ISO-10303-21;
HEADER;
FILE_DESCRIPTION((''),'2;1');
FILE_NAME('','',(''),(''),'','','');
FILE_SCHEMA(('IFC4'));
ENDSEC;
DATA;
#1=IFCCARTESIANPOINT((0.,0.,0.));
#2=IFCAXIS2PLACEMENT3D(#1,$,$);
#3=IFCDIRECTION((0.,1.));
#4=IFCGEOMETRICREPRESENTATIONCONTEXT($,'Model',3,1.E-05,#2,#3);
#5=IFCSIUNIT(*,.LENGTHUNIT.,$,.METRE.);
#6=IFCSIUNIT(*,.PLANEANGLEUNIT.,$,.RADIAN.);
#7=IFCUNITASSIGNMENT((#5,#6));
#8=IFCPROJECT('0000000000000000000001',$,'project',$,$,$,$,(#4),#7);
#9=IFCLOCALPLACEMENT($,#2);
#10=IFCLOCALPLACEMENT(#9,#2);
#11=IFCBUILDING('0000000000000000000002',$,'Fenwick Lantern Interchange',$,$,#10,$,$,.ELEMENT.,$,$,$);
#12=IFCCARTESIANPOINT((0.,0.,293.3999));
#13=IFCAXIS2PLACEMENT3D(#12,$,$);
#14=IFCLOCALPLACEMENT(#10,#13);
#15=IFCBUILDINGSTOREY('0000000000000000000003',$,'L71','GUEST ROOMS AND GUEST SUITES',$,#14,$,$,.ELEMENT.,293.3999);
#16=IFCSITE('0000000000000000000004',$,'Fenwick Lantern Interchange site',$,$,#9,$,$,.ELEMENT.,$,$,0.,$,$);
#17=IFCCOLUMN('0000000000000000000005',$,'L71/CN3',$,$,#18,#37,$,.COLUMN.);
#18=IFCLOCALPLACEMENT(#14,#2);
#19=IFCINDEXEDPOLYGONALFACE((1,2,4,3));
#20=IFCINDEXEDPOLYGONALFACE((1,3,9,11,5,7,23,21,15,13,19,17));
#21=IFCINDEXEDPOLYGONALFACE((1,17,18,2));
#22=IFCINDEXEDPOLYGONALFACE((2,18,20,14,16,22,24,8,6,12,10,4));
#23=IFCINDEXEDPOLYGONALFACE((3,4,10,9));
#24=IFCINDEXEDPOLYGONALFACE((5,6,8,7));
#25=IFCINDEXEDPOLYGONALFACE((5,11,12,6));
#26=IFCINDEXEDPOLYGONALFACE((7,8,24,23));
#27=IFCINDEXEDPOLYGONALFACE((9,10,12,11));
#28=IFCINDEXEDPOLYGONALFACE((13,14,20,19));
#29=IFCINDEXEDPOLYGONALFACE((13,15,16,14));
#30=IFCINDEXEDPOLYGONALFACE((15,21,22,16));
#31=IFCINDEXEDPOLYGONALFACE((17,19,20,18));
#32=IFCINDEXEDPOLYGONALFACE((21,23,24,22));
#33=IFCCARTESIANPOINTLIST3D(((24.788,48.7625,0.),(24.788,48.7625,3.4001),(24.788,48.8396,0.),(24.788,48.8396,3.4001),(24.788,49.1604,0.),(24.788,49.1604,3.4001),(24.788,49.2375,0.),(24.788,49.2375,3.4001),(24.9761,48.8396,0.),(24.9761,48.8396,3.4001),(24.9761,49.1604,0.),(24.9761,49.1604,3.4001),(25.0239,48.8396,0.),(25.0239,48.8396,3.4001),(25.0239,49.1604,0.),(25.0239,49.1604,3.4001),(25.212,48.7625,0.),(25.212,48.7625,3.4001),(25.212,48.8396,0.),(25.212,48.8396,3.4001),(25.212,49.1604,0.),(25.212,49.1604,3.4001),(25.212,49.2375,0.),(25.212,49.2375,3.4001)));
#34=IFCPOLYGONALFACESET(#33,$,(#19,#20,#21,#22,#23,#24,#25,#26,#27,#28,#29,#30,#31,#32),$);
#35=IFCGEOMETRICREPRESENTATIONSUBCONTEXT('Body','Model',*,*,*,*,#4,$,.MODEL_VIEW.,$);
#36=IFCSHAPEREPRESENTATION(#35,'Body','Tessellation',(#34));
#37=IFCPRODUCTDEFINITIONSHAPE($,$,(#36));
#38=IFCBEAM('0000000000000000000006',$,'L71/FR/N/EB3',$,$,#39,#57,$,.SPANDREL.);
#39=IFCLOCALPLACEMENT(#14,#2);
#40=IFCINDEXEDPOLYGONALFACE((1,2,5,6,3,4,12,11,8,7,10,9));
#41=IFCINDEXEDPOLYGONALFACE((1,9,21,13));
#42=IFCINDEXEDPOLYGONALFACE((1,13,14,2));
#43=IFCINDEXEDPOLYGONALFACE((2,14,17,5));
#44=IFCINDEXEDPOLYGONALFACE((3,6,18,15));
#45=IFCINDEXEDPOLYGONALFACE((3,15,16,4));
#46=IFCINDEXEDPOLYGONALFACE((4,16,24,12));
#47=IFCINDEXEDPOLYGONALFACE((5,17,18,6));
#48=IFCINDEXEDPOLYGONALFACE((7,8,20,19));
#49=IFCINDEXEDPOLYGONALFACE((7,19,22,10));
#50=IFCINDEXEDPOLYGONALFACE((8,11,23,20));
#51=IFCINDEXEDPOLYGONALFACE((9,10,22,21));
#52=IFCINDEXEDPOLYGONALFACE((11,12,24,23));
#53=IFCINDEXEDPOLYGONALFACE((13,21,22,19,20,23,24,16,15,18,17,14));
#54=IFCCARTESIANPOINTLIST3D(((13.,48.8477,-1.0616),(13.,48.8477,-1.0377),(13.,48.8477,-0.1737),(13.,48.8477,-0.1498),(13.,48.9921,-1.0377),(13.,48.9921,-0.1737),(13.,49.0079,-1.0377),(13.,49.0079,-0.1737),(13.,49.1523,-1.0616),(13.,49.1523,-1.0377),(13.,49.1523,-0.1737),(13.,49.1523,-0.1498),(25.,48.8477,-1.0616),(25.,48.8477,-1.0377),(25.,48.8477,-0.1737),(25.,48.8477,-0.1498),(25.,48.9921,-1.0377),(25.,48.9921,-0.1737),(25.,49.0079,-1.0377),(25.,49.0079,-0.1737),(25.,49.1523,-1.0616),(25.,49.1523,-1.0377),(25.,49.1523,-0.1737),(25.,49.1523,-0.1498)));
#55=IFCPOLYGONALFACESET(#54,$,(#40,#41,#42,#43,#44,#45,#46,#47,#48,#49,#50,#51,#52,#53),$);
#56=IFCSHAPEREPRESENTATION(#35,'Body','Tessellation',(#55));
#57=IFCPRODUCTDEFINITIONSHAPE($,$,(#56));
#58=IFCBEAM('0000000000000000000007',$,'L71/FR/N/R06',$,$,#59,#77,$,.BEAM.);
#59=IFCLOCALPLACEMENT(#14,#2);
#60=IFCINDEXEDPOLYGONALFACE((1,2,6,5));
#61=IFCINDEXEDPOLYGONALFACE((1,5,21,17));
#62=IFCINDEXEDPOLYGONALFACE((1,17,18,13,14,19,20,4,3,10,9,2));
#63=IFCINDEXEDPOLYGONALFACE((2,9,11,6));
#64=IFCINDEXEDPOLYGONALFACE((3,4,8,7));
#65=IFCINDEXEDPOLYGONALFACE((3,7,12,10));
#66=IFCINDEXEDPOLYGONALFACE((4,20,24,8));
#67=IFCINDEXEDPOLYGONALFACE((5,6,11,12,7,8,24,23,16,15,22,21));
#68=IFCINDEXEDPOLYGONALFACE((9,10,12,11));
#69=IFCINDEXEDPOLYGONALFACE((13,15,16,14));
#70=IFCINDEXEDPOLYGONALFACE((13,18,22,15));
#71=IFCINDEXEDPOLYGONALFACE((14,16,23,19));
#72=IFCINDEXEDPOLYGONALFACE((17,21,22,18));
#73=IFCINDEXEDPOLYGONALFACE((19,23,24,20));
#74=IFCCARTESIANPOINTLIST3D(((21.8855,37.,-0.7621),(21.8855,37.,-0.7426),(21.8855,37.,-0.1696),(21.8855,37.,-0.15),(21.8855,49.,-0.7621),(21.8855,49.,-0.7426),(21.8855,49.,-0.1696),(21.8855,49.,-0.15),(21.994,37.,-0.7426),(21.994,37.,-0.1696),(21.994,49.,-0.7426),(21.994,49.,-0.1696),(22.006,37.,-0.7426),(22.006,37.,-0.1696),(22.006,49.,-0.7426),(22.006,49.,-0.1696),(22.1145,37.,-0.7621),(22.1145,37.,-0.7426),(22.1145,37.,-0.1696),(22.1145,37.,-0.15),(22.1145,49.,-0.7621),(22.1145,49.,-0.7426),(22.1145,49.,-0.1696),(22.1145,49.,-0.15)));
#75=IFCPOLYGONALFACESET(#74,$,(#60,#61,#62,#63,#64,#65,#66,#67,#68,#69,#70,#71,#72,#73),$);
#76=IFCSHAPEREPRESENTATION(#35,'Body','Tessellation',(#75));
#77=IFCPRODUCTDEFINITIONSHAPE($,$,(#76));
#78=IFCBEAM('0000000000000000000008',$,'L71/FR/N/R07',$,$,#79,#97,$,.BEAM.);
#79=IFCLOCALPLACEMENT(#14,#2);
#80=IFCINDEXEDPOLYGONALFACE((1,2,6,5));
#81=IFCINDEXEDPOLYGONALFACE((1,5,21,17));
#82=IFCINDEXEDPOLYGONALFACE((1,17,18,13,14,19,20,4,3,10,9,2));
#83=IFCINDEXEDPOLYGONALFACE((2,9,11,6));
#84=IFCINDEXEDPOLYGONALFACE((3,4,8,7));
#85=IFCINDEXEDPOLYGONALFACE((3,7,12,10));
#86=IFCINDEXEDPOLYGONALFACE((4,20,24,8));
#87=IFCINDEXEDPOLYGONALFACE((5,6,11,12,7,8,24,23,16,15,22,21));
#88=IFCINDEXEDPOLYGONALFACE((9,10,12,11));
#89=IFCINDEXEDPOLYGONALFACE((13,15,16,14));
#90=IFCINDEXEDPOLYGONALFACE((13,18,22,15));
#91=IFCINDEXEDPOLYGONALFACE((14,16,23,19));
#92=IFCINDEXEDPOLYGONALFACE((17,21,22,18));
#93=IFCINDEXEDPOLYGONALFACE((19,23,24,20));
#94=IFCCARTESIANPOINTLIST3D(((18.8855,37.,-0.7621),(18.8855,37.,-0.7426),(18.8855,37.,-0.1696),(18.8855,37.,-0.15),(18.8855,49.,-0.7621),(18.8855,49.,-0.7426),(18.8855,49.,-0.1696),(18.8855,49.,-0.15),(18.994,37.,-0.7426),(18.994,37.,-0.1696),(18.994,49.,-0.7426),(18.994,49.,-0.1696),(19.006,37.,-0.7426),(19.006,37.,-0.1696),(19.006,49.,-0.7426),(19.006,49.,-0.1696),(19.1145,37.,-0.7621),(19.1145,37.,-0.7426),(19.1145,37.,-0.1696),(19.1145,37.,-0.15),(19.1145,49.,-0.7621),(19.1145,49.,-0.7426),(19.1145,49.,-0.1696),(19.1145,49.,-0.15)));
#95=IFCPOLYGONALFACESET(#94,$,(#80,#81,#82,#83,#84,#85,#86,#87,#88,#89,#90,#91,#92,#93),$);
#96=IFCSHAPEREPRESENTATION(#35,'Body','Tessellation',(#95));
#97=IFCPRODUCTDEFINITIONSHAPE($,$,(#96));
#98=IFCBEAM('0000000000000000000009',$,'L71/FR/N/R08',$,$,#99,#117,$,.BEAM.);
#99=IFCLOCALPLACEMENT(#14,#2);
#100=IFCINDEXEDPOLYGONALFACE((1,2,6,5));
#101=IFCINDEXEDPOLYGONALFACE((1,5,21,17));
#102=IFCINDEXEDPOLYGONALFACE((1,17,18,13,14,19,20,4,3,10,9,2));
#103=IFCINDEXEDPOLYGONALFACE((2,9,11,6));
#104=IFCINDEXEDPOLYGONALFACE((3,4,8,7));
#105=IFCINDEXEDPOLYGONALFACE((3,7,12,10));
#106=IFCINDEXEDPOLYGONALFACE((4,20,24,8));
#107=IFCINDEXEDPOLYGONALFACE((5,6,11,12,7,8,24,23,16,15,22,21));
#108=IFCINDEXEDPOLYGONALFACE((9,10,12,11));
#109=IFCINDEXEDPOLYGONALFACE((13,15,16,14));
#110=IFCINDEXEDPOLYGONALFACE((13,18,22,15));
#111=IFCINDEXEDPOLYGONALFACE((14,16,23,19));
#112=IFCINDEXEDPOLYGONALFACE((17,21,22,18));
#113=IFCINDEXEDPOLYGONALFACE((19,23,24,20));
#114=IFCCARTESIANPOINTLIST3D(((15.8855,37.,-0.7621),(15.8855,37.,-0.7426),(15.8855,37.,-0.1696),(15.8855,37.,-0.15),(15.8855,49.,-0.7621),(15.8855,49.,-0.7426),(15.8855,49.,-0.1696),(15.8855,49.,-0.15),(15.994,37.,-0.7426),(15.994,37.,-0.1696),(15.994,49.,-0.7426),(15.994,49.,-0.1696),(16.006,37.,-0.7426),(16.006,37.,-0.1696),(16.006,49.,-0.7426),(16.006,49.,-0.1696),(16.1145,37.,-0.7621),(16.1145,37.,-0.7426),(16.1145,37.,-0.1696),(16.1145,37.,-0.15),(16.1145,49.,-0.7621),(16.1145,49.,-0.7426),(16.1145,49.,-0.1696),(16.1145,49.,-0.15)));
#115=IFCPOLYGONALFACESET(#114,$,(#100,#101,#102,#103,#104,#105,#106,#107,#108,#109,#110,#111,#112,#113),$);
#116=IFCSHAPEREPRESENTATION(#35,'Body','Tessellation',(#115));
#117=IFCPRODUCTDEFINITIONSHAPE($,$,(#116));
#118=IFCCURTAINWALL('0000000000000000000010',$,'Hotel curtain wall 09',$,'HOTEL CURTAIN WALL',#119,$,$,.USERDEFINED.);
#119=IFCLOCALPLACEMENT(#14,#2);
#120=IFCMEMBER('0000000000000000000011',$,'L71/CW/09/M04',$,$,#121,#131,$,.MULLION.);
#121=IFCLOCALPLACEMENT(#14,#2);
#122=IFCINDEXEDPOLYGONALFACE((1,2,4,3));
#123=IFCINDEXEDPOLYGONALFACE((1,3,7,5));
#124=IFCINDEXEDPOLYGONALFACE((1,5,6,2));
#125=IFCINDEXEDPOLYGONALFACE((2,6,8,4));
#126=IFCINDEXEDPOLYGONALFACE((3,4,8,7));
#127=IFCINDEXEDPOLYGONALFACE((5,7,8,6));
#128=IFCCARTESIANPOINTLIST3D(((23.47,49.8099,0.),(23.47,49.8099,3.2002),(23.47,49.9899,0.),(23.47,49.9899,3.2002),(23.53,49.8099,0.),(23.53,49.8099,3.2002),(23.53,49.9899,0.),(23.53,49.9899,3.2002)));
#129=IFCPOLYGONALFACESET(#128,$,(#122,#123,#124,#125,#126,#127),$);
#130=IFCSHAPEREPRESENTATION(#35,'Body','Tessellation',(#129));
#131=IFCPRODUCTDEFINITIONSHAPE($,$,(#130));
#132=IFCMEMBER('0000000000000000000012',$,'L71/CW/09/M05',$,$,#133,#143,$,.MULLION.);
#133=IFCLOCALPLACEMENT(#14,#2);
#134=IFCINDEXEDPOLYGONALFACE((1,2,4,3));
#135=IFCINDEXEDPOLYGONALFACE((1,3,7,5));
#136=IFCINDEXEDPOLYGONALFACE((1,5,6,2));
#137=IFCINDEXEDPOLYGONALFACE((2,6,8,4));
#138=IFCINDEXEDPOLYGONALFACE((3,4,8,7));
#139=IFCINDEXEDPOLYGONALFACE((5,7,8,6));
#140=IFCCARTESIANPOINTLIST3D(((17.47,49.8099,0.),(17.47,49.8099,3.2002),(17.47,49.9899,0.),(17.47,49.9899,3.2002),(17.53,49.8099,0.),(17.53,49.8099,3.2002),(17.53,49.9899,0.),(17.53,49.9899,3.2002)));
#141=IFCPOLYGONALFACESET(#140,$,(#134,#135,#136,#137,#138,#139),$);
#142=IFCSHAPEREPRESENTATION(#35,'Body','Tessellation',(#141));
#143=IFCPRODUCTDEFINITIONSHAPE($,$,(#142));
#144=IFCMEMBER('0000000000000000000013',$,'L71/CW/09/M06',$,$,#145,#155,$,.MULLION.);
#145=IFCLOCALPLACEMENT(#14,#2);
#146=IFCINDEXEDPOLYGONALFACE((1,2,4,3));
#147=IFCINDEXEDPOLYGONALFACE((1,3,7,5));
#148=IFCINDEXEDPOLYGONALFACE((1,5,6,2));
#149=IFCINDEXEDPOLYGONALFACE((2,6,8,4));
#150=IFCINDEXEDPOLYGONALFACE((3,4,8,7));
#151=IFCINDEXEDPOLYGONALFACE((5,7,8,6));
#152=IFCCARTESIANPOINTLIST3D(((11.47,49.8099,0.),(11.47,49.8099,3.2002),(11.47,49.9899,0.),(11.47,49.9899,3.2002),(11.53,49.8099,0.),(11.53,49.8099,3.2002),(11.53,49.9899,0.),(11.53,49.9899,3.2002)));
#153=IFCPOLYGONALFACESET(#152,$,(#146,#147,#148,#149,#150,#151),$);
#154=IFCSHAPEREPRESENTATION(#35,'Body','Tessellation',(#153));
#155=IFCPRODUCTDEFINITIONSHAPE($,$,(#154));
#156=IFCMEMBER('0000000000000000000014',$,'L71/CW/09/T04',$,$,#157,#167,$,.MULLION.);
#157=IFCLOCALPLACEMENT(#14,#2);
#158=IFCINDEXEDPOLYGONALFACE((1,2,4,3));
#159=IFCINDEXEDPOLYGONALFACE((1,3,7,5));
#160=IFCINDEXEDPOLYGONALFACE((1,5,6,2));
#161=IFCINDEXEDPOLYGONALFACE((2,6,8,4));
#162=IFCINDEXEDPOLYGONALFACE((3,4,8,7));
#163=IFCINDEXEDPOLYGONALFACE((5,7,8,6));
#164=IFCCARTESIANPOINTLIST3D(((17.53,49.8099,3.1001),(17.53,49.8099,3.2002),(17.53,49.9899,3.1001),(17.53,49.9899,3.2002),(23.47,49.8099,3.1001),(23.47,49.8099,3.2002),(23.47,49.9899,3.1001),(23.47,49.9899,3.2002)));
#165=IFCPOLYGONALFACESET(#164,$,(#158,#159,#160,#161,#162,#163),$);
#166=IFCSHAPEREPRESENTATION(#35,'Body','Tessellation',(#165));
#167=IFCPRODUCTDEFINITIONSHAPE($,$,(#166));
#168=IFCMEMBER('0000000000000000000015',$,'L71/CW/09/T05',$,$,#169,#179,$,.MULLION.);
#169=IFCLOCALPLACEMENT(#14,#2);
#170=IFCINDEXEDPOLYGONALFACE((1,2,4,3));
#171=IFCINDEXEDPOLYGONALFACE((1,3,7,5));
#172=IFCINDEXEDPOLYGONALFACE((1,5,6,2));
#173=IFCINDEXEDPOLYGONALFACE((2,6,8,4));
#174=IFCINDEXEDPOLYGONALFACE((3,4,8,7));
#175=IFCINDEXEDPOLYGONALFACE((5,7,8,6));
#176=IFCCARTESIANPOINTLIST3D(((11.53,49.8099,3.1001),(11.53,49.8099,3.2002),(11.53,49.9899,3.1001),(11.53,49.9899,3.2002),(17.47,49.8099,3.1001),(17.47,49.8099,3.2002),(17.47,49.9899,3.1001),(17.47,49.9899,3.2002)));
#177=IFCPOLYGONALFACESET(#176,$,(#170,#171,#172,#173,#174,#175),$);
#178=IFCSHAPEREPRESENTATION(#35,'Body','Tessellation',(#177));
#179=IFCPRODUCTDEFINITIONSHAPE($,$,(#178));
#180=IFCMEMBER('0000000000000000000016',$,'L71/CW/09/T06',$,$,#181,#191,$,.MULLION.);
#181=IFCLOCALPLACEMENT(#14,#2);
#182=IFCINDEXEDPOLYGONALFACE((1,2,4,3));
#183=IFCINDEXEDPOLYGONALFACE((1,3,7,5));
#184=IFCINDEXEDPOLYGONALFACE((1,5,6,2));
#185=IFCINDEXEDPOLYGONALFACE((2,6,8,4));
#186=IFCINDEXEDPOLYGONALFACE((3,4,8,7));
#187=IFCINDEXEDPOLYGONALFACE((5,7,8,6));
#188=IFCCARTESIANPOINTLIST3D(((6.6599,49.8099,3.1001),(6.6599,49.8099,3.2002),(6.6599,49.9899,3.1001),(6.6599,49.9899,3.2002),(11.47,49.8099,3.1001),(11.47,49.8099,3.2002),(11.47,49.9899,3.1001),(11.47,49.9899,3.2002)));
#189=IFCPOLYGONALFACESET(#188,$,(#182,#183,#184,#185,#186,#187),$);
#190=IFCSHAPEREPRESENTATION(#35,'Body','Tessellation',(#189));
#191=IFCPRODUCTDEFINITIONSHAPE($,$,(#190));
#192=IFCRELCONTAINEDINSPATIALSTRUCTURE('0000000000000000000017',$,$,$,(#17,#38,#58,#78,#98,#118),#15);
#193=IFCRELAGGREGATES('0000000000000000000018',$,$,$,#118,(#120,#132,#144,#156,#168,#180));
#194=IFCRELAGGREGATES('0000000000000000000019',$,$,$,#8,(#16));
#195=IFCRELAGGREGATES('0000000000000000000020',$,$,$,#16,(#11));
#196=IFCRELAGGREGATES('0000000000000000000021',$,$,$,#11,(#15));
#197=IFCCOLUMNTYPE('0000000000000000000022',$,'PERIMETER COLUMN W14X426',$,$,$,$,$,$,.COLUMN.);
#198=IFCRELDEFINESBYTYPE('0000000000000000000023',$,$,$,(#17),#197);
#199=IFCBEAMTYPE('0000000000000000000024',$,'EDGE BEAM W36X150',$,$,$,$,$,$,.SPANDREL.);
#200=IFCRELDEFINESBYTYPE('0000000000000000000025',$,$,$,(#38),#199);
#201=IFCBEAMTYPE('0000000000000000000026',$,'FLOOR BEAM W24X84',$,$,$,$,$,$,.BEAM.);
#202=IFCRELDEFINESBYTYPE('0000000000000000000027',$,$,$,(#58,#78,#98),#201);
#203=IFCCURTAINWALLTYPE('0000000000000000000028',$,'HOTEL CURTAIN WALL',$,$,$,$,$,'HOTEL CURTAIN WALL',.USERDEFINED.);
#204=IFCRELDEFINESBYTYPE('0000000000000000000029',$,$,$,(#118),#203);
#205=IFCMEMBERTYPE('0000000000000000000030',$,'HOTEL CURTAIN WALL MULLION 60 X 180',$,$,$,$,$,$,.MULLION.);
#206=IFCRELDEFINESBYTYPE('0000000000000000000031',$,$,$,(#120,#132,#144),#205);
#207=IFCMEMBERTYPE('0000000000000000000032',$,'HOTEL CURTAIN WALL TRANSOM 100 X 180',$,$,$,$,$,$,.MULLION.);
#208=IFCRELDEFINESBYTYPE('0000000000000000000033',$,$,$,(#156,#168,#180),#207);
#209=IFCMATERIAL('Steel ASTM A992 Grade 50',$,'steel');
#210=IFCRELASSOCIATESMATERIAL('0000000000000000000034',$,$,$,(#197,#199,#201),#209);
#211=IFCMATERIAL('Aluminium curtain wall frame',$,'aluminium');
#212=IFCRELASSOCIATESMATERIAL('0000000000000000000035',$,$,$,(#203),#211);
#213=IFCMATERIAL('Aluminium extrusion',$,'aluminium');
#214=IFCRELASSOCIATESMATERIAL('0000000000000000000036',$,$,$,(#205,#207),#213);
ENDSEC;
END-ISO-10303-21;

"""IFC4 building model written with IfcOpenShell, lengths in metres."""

from ifc_helpers import new_model, si_unit, direction, frame, origin, origin_2d, place, context, subcontext, project, spatial, rectangle, i_section, extrude, material, material_profile, profile_set, type_object, element, aggregate, save


model = new_model("IFC4")

# Units and contexts
model_context = context("Model", 3, precision=1e-05, world=origin(), true_north=direction((0.0, 1.0)))
body_context = subcontext(model_context, "Body", "Model", "MODEL_VIEW")
ifc_project = project(units=[si_unit("LENGTHUNIT", "METRE"), si_unit("PLANEANGLEUNIT", "RADIAN")], contexts=[model_context])

# Site, building, storey
site_placement = place(None, origin())
site = spatial("IfcSite", under=ifc_project, at=site_placement, Name="Fenwick Lantern Interchange site", CompositionType="ELEMENT", RefElevation=0.0)
building_placement = place(site_placement, origin())
building = spatial("IfcBuilding", under=site, at=building_placement, Name="Fenwick Lantern Interchange", CompositionType="ELEMENT")
storey_placement = place(building_placement, frame((0.0, 0.0, 293.3999)))
storey = spatial("IfcBuildingStorey", under=building, at=storey_placement, Name="L71", Description="GUEST ROOMS AND GUEST SUITES", CompositionType="ELEMENT", Elevation=293.3999)

# Column
ifc_material_1 = material(Name="Steel ASTM A992 Grade 50", Category="steel")
ifc_material_profile_1 = material_profile(ifc_material_1, i_section(OverallWidth=0.4241, OverallDepth=0.4751, WebThickness=0.0479, FlangeThickness=0.0771, at=origin_2d()), Name="W14X426")
ifc_profile_set_1 = profile_set([ifc_material_profile_1], Name="Steel ASTM A992 Grade 50")
column_type = type_object("IfcColumnType", Name="PERIMETER COLUMN W14X426", PredefinedType="COLUMN", material=ifc_profile_set_1)
column_placement = place(storey_placement, frame((25.0, 49.0, 0.0), z_axis=(0.0, 0.0, 1.0), x_axis=(1.0, 0.0, 0.0)))
element("IfcColumn", 1, at=column_placement, inside=storey, type_object=column_type, Name="L71/CN3", PredefinedType="COLUMN", context=body_context, shape_type="SweptSolid", body=[
    extrude(i_section(OverallWidth=0.4241, OverallDepth=0.4751, WebThickness=0.0479, FlangeThickness=0.0771, at=origin_2d()), origin(), (0.0, 0.0, 1.0), 3.4001),
])

# Beams
ifc_material_profile_2 = material_profile(ifc_material_1, i_section(OverallWidth=0.3047, OverallDepth=0.9119, WebThickness=0.0159, FlangeThickness=0.0239, at=origin_2d()), Name="W36X150")
ifc_profile_set_2 = profile_set([ifc_material_profile_2], Name="Steel ASTM A992 Grade 50")
beam_type_1 = type_object("IfcBeamType", Name="EDGE BEAM W36X150", PredefinedType="SPANDREL", material=ifc_profile_set_2)
beam_placement = place(storey_placement, frame((25.0, 49.0, -0.6057), z_axis=(-1.0, 0.0, 0.0), x_axis=(0.0, -1.0, 0.0)))
element("IfcBeam", 2, at=beam_placement, inside=storey, type_object=beam_type_1, Name="L71/FR/N/EB3", PredefinedType="SPANDREL", context=body_context, shape_type="SweptSolid", body=[
    extrude(i_section(OverallWidth=0.3047, OverallDepth=0.9119, WebThickness=0.0159, FlangeThickness=0.0239, at=origin_2d()), origin(), (0.0, 0.0, 1.0), 12.0),
])
ifc_material_profile_3 = material_profile(ifc_material_1, i_section(OverallWidth=0.229, OverallDepth=0.6121, WebThickness=0.012, FlangeThickness=0.0195, at=origin_2d()), Name="W24X84")
ifc_profile_set_3 = profile_set([ifc_material_profile_3], Name="Steel ASTM A992 Grade 50")
beam_type_2 = type_object("IfcBeamType", Name="FLOOR BEAM W24X84", PredefinedType="BEAM", material=ifc_profile_set_3)
for number, where, z_axis, x_axis, name in (
    (3, (22.0, 49.0, -0.4561), (0.0, -1.0, 0.0), (1.0, 0.0, 0.0), "L71/FR/N/R06"),
    (4, (19.0, 49.0, -0.4561), (0.0, -1.0, 0.0), (1.0, 0.0, 0.0), "L71/FR/N/R07"),
    (5, (16.0, 49.0, -0.4561), (0.0, -1.0, 0.0), (1.0, 0.0, 0.0), "L71/FR/N/R08"),
):
    element("IfcBeam", number, at=place(storey_placement, frame(where, z_axis=z_axis, x_axis=x_axis)), inside=storey, type_object=beam_type_2, Name=name, PredefinedType="BEAM", context=body_context, shape_type="SweptSolid", body=[
        extrude(i_section(OverallWidth=0.229, OverallDepth=0.6121, WebThickness=0.012, FlangeThickness=0.0195, at=origin_2d()), origin(), (0.0, 0.0, 1.0), 12.0),
    ])

# Curtain wall, members
ifc_material_2 = material(Name="Aluminium curtain wall frame", Category="aluminium")
curtain_wall_type = type_object("IfcCurtainWallType", Name="HOTEL CURTAIN WALL", ElementType="HOTEL CURTAIN WALL", PredefinedType="USERDEFINED", material=ifc_material_2)
curtain_wall_placement = place(storey_placement, origin())
curtain_wall = element("IfcCurtainWall", 6, at=curtain_wall_placement, inside=storey, type_object=curtain_wall_type, Name="Hotel curtain wall 09", ObjectType="HOTEL CURTAIN WALL", PredefinedType="USERDEFINED")
ifc_material_3 = material(Name="Aluminium extrusion", Category="aluminium")
ifc_material_profile_4 = material_profile(ifc_material_3, rectangle(XDim=0.1799, YDim=0.0601, at=origin_2d()), Name="HOTEL CURTAIN WALL MULLION 60 X 180")
ifc_profile_set_4 = profile_set([ifc_material_profile_4], Name="Aluminium extrusion")
member_type_1 = type_object("IfcMemberType", Name="HOTEL CURTAIN WALL MULLION 60 X 180", PredefinedType="MULLION", material=ifc_profile_set_4)
member_1_placement = place(storey_placement, frame((23.5, 49.8999, 0.0), z_axis=(0.0, 0.0, 1.0), x_axis=(0.0, -1.0, 0.0)))
member_1 = element("IfcMember", 7, at=member_1_placement, type_object=member_type_1, Name="L71/CW/09/M04", PredefinedType="MULLION", context=body_context, shape_type="SweptSolid", body=[
    extrude(rectangle(XDim=0.1799, YDim=0.0601, at=origin_2d()), origin(), (0.0, 0.0, 1.0), 3.2002),
])
member_2_placement = place(storey_placement, frame((17.5, 49.8999, 0.0), z_axis=(0.0, 0.0, 1.0), x_axis=(0.0, -1.0, 0.0)))
member_2 = element("IfcMember", 8, at=member_2_placement, type_object=member_type_1, Name="L71/CW/09/M05", PredefinedType="MULLION", context=body_context, shape_type="SweptSolid", body=[
    extrude(rectangle(XDim=0.1799, YDim=0.0601, at=origin_2d()), origin(), (0.0, 0.0, 1.0), 3.2002),
])
member_3_placement = place(storey_placement, frame((11.5, 49.8999, 0.0), z_axis=(0.0, 0.0, 1.0), x_axis=(0.0, -1.0, 0.0)))
member_3 = element("IfcMember", 9, at=member_3_placement, type_object=member_type_1, Name="L71/CW/09/M06", PredefinedType="MULLION", context=body_context, shape_type="SweptSolid", body=[
    extrude(rectangle(XDim=0.1799, YDim=0.0601, at=origin_2d()), origin(), (0.0, 0.0, 1.0), 3.2002),
])
ifc_material_profile_5 = material_profile(ifc_material_3, rectangle(XDim=0.1799, YDim=0.1001, at=origin_2d()), Name="HOTEL CURTAIN WALL TRANSOM 100 X 180")
ifc_profile_set_5 = profile_set([ifc_material_profile_5], Name="Aluminium extrusion")
member_type_2 = type_object("IfcMemberType", Name="HOTEL CURTAIN WALL TRANSOM 100 X 180", PredefinedType="MULLION", material=ifc_profile_set_5)
member_4_placement = place(storey_placement, frame((23.47, 49.8999, 3.1501), z_axis=(-1.0, 0.0, 0.0), x_axis=(0.0, -1.0, 0.0)))
member_4 = element("IfcMember", 10, at=member_4_placement, type_object=member_type_2, Name="L71/CW/09/T04", PredefinedType="MULLION", context=body_context, shape_type="SweptSolid", body=[
    extrude(rectangle(XDim=0.1799, YDim=0.1001, at=origin_2d()), origin(), (0.0, 0.0, 1.0), 5.9399),
])
member_5_placement = place(storey_placement, frame((17.47, 49.8999, 3.1501), z_axis=(-1.0, 0.0, 0.0), x_axis=(0.0, -1.0, 0.0)))
member_5 = element("IfcMember", 11, at=member_5_placement, type_object=member_type_2, Name="L71/CW/09/T05", PredefinedType="MULLION", context=body_context, shape_type="SweptSolid", body=[
    extrude(rectangle(XDim=0.1799, YDim=0.1001, at=origin_2d()), origin(), (0.0, 0.0, 1.0), 5.9399),
])
member_6_placement = place(storey_placement, frame((11.47, 49.8999, 3.1501), z_axis=(-1.0, 0.0, 0.0), x_axis=(0.0, -1.0, 0.0)))
member_6 = element("IfcMember", 12, at=member_6_placement, type_object=member_type_2, Name="L71/CW/09/T06", PredefinedType="MULLION", context=body_context, shape_type="SweptSolid", body=[
    extrude(rectangle(XDim=0.1799, YDim=0.1001, at=origin_2d()), origin(), (0.0, 0.0, 1.0), 4.8101),
])
aggregate(curtain_wall, [member_1, member_2, member_3, member_4, member_5, member_6])

save(model, "model.ifc")
